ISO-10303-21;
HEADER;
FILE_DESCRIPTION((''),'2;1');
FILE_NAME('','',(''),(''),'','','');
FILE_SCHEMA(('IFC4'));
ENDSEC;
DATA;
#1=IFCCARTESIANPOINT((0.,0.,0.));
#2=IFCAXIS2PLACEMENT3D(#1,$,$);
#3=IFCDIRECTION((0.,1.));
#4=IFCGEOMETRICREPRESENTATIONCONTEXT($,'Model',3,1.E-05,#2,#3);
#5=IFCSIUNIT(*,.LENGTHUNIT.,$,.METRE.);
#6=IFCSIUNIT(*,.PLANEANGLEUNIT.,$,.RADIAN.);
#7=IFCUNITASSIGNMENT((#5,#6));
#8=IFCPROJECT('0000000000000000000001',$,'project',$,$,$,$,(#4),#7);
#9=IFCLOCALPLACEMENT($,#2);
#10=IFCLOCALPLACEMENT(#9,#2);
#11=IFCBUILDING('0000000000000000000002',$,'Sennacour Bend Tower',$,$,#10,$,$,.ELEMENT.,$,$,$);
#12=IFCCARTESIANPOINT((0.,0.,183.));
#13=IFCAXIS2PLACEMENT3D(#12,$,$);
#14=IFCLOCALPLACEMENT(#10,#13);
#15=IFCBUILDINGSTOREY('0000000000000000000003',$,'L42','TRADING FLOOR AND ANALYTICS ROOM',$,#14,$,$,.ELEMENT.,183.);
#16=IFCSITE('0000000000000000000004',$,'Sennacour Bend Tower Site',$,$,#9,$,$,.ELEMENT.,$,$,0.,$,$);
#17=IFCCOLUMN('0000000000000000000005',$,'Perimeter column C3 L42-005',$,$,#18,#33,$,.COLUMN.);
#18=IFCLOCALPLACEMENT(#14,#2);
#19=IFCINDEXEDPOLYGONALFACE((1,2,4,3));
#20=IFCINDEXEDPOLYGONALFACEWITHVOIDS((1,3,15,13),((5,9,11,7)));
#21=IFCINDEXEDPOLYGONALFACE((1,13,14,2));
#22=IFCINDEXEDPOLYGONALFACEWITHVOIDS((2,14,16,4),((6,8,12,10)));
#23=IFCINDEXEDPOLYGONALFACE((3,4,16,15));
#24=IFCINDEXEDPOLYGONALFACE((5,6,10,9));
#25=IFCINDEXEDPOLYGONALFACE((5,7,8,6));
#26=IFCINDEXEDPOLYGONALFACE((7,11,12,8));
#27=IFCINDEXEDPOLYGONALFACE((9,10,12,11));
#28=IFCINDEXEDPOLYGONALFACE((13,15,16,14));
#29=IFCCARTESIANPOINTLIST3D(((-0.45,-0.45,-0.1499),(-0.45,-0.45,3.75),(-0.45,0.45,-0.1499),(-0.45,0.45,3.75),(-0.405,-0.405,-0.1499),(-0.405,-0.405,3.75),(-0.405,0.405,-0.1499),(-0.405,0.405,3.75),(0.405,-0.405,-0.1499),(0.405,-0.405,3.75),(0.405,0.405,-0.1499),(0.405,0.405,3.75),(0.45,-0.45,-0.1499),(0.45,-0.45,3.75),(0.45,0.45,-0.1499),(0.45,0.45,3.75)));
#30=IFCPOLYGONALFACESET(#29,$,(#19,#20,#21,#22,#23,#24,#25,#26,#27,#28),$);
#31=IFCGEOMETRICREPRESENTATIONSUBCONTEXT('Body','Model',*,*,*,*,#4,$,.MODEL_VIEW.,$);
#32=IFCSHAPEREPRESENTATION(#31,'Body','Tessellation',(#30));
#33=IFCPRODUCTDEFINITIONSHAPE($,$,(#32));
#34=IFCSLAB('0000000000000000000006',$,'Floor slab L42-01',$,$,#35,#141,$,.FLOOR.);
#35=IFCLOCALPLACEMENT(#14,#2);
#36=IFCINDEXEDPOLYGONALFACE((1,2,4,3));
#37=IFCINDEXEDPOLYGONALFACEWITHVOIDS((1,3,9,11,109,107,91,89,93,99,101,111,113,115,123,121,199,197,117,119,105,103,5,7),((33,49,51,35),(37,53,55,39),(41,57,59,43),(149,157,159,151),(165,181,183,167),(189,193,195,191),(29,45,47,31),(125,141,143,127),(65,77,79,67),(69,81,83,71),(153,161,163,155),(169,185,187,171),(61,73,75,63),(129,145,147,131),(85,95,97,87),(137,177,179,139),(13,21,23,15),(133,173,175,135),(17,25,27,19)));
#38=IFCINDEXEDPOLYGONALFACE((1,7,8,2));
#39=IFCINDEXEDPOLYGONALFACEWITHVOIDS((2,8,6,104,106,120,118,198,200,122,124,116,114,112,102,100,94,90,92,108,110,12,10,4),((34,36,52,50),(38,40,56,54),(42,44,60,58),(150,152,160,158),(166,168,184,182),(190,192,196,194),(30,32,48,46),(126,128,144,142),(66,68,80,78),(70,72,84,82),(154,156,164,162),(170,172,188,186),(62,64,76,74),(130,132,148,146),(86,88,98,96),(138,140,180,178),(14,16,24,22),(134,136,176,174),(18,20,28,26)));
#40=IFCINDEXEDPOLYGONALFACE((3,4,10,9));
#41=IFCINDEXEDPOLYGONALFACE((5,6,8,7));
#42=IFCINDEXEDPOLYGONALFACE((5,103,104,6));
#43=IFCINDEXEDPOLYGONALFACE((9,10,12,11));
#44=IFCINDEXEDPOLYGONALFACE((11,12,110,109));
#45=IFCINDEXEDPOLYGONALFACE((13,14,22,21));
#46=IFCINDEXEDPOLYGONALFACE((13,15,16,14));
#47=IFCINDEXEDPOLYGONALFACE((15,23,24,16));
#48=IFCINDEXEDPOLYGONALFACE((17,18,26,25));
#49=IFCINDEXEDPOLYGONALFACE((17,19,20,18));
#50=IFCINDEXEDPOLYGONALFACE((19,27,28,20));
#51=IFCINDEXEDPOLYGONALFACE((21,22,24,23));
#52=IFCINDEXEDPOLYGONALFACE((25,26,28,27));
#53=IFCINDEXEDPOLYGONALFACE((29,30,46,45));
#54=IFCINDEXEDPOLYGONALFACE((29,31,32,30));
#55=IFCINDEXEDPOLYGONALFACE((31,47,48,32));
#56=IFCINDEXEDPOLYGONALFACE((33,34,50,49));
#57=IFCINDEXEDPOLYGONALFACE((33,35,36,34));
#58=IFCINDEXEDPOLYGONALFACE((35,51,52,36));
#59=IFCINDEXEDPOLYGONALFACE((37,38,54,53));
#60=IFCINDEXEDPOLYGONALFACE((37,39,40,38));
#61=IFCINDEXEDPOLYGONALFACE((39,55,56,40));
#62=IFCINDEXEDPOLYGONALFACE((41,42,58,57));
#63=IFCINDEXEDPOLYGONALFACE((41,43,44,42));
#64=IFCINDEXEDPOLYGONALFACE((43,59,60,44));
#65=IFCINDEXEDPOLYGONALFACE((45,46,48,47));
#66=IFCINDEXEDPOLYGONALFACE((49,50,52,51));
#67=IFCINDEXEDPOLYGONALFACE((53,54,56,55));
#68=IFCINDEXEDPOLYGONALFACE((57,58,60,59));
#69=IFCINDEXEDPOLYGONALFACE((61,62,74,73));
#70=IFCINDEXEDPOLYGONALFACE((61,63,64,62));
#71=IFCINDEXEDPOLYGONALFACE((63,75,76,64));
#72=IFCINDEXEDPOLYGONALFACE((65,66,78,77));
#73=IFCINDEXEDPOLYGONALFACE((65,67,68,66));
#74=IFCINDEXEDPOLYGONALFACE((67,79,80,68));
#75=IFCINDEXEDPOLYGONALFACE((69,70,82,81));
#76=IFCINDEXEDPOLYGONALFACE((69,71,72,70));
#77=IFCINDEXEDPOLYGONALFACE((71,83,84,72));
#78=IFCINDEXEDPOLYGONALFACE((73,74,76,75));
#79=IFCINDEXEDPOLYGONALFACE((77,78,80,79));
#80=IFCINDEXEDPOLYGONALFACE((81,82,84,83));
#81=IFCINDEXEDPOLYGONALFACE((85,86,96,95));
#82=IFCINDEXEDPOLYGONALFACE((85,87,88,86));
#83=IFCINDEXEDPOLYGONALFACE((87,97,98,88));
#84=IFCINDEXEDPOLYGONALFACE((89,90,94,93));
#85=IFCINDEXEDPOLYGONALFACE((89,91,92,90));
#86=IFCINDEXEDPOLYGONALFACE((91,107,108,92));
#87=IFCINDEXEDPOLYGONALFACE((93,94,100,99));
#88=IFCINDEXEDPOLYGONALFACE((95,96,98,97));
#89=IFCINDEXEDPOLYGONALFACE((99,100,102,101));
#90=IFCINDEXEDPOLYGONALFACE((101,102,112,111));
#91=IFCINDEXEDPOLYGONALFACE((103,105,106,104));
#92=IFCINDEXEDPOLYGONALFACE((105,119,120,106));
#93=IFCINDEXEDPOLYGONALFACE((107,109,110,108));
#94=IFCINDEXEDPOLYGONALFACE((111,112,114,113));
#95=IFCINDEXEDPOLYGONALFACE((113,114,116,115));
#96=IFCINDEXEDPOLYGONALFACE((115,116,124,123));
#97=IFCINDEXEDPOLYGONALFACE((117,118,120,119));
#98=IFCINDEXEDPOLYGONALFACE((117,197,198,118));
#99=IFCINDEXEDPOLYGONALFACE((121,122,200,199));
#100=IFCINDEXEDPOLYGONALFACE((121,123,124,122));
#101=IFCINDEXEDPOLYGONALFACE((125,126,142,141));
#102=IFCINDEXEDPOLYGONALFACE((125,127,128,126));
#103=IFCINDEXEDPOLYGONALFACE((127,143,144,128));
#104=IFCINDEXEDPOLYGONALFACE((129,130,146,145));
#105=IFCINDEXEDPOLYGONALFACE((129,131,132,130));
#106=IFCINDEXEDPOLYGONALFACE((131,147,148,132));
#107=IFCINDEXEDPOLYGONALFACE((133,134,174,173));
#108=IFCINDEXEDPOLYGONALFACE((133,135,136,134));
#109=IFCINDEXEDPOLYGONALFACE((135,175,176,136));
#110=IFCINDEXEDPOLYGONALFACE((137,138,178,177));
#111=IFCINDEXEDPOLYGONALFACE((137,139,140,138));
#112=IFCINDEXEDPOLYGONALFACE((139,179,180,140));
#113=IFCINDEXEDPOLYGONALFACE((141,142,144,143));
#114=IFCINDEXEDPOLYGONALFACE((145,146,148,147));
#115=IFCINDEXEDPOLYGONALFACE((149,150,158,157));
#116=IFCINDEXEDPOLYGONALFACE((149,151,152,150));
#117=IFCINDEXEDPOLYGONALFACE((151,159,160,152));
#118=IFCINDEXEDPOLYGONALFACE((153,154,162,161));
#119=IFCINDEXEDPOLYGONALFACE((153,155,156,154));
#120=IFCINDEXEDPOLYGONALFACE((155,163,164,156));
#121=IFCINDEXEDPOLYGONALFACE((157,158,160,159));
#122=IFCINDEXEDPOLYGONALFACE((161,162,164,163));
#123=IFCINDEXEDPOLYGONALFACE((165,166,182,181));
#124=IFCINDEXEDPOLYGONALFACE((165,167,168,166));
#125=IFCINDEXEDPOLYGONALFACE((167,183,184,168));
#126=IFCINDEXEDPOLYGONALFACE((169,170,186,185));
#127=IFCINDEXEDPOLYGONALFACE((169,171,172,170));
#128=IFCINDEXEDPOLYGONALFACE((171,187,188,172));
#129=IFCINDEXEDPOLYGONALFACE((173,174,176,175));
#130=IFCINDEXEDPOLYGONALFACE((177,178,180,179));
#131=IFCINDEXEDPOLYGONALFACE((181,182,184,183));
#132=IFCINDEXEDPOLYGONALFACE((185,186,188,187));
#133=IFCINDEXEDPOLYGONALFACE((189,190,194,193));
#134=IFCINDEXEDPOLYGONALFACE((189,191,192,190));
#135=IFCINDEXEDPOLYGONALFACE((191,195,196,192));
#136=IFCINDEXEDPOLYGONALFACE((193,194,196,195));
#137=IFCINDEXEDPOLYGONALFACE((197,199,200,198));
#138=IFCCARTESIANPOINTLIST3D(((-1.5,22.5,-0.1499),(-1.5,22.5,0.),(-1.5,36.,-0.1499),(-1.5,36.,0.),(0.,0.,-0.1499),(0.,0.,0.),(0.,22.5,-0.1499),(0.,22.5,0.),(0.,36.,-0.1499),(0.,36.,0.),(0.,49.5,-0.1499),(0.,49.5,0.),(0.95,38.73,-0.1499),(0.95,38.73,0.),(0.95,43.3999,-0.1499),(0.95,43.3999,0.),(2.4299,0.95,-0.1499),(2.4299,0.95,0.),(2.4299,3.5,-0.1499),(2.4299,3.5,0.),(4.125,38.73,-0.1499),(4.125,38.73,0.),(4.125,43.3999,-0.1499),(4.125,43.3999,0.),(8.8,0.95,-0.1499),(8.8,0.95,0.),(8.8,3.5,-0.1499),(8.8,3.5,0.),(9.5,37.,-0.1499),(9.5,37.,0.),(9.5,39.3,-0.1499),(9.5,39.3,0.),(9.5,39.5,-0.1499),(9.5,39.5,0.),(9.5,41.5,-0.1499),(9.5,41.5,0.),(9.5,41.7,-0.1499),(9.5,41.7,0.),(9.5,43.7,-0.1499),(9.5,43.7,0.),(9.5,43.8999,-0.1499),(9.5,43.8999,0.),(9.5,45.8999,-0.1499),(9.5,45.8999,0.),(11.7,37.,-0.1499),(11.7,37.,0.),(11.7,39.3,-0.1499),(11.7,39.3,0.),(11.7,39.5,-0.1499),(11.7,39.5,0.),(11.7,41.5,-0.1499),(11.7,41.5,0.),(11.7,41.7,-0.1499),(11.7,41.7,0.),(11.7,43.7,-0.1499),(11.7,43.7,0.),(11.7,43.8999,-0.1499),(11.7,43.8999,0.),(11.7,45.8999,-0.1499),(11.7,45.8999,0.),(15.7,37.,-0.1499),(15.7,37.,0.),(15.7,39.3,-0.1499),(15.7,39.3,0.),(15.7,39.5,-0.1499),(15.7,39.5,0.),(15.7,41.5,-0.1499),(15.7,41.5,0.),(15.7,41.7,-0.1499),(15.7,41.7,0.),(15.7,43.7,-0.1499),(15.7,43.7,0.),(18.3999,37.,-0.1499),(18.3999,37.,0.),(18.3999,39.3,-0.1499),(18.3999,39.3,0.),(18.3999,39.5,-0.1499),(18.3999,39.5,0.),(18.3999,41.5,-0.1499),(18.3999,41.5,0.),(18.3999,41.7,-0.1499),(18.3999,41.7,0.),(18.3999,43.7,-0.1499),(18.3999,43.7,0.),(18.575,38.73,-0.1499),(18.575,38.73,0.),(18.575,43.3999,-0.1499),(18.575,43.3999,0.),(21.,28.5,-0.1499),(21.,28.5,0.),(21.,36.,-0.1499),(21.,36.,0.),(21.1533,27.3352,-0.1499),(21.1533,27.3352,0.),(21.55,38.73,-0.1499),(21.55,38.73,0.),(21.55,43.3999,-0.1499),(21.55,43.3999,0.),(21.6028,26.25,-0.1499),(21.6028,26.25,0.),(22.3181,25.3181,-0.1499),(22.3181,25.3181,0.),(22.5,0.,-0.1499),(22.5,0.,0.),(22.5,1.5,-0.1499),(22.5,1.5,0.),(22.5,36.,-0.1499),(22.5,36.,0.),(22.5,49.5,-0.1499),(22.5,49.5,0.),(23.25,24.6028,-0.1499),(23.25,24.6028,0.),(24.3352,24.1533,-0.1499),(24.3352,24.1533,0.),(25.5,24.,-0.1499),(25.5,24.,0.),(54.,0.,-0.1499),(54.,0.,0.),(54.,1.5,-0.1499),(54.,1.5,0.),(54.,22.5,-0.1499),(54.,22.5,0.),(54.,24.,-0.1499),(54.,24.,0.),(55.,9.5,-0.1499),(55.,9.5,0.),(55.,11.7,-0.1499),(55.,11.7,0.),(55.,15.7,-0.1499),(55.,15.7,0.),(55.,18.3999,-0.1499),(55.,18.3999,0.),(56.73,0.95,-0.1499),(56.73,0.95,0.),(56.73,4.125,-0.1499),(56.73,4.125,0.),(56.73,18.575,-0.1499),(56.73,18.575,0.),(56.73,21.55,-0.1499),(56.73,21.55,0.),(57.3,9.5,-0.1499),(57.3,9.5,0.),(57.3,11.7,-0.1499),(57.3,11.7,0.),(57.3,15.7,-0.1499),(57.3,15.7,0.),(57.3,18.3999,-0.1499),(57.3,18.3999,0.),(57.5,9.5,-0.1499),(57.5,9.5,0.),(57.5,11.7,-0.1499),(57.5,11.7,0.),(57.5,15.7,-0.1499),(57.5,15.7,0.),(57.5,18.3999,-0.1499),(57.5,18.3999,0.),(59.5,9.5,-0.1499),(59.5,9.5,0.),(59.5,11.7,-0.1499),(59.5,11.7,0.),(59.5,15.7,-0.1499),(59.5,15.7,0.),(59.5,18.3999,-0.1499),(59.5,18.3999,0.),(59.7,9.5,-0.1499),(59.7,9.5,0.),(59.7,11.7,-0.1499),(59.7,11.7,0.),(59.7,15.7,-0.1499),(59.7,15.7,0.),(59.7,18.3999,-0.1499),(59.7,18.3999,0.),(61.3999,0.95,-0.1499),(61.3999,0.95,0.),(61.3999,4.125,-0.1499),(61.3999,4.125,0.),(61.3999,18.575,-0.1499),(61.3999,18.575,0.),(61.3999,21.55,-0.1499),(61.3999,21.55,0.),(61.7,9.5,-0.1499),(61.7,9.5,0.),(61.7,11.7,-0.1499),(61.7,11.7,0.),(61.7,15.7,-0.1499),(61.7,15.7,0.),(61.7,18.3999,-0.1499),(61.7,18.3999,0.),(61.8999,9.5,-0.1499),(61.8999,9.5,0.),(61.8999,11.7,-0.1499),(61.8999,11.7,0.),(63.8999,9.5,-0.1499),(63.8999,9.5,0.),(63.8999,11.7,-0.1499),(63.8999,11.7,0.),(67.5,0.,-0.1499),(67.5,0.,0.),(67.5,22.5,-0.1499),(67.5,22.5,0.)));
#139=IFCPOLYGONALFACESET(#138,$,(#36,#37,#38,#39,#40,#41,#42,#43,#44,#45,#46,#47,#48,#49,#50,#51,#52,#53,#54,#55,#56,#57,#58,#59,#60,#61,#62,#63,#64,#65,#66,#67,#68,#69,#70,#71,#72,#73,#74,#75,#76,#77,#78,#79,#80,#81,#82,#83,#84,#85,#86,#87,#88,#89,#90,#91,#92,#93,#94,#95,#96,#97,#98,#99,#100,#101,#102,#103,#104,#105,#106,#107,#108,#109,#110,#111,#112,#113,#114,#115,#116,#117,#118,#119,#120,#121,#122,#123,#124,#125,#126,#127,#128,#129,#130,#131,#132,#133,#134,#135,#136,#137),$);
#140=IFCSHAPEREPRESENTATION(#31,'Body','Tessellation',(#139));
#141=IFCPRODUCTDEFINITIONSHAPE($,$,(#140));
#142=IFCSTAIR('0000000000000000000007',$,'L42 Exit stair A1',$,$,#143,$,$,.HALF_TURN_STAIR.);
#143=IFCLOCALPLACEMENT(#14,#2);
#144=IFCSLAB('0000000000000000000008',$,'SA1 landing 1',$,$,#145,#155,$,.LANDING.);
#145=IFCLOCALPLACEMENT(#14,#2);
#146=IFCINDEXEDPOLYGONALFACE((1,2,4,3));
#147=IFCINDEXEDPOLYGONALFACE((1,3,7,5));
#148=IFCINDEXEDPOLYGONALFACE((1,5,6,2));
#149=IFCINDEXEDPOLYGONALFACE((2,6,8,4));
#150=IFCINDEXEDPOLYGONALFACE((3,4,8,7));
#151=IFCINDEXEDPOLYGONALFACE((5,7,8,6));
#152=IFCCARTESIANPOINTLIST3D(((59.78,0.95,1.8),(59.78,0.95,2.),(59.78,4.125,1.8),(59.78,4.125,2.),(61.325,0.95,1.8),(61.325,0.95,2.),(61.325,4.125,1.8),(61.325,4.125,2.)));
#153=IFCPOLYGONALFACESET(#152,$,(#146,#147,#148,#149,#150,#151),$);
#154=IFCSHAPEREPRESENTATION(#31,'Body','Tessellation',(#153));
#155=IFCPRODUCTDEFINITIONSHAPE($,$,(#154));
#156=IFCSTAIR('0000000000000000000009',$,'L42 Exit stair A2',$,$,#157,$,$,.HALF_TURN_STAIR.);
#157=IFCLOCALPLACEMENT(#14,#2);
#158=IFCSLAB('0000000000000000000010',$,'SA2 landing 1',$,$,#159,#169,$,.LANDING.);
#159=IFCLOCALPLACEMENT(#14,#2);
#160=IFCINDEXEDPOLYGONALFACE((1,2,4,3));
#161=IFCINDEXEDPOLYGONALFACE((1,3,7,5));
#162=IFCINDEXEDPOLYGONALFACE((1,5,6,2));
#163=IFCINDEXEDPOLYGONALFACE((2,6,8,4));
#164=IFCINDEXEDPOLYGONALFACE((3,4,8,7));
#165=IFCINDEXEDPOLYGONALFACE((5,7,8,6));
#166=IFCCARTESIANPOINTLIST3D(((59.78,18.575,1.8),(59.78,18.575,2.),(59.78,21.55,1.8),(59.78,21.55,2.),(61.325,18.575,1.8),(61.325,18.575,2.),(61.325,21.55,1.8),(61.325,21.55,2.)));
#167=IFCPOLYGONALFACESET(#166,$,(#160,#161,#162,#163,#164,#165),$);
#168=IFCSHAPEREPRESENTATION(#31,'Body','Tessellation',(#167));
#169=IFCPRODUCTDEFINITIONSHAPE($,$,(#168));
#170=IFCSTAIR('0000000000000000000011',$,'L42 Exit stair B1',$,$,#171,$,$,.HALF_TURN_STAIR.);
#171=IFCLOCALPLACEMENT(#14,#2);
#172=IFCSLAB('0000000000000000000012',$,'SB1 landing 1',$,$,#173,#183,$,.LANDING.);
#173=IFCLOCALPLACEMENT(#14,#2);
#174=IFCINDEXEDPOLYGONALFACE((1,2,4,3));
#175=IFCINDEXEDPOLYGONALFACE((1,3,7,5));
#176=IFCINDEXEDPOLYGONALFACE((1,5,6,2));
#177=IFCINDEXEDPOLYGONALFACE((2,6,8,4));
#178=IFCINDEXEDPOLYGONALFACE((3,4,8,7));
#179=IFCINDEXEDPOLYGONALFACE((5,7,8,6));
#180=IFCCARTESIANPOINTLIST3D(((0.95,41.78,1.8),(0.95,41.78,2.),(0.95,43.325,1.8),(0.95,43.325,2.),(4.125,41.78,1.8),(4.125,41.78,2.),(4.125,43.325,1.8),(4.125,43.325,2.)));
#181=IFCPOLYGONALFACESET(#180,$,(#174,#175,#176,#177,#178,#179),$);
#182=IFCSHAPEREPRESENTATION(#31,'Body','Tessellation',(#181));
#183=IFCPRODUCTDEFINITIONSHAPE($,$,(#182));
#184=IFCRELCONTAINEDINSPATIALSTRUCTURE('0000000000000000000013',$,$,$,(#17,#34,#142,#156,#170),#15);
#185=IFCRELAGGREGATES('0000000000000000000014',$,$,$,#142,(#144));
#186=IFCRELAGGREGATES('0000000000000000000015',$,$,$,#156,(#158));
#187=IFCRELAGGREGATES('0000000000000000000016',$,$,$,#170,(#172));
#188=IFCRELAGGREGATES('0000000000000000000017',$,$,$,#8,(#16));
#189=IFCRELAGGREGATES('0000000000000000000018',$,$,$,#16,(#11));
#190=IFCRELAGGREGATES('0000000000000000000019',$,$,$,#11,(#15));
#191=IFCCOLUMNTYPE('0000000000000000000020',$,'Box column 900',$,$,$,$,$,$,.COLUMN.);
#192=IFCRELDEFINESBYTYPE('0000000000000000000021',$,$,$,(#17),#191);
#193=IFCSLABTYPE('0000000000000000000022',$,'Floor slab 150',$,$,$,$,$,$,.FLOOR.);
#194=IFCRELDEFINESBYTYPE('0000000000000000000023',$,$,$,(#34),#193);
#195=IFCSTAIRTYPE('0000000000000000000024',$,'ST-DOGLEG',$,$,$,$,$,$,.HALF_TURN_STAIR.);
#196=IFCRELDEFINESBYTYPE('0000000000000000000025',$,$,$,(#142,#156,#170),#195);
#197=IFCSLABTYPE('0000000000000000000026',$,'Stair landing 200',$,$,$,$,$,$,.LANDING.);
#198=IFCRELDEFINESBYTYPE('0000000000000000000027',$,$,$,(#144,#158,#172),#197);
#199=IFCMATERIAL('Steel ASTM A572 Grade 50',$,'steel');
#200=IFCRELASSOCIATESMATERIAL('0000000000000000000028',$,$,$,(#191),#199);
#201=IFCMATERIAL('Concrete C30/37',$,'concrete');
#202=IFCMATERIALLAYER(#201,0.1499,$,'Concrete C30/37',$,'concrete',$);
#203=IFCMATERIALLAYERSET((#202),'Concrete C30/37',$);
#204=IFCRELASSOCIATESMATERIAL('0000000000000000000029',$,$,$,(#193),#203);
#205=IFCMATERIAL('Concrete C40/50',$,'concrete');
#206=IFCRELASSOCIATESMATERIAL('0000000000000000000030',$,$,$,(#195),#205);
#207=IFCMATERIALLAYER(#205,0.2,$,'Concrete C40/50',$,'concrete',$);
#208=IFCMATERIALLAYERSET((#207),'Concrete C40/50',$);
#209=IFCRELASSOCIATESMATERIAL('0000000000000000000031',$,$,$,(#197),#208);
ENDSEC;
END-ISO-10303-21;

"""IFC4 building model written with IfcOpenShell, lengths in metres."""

from ifc_helpers import new_model, si_unit, direction, frame, origin, origin_2d, place, context, subcontext, project, spatial, polyline, hollow_rectangle, outline, extrude, material, layer, layer_set, material_profile, profile_set, type_object, element, aggregate, save


model = new_model("IFC4")

# Units and contexts
model_context = context("Model", 3, precision=1e-05, world=origin(), true_north=direction((0.0, 1.0)))
body_context = subcontext(model_context, "Body", "Model", "MODEL_VIEW")
ifc_project = project(units=[si_unit("LENGTHUNIT", "METRE"), si_unit("PLANEANGLEUNIT", "RADIAN")], contexts=[model_context])

# Site, building, storey
site_placement = place(None, origin())
site = spatial("IfcSite", under=ifc_project, at=site_placement, Name="Sennacour Bend Tower Site", CompositionType="ELEMENT", RefElevation=0.0)
building_placement = place(site_placement, origin())
building = spatial("IfcBuilding", under=site, at=building_placement, Name="Sennacour Bend Tower", CompositionType="ELEMENT")
storey_placement = place(building_placement, frame((0.0, 0.0, 183.0)))
storey = spatial("IfcBuildingStorey", under=building, at=storey_placement, Name="L42", Description="TRADING FLOOR AND ANALYTICS ROOM", CompositionType="ELEMENT", Elevation=183.0)

# Column
ifc_material_1 = material(Name="Steel ASTM A572 Grade 50", Category="steel")
ifc_material_profile = material_profile(ifc_material_1, hollow_rectangle(XDim=0.8999, YDim=0.8999, WallThickness=0.0449, at=origin_2d()), Name="Steel ASTM A572 Grade 50", Category="steel")
ifc_profile_set = profile_set([ifc_material_profile], Name="Steel ASTM A572 Grade 50")
column_type = type_object("IfcColumnType", Name="Box column 900", PredefinedType="COLUMN", material=ifc_profile_set)
column_placement = place(storey_placement, frame((0.0, 0.0, -0.1499), z_axis=(0.0, 0.0, 1.0), x_axis=(1.0, 0.0, 0.0)))
element("IfcColumn", 1, at=column_placement, inside=storey, type_object=column_type, Name="Perimeter column C3 L42-005", PredefinedType="COLUMN", context=body_context, shape_type="SweptSolid", body=[
    extrude(hollow_rectangle(XDim=0.8999, YDim=0.8999, WallThickness=0.0449, at=origin_2d()), origin(), (0.0, 0.0, 1.0), 3.8999),
])

# Slab
ifc_material_2 = material(Name="Concrete C30/37", Category="concrete")
ifc_layer_1 = layer(ifc_material_2, 0.1499, Name="Concrete C30/37", Category="concrete")
ifc_layer_set_1 = layer_set([ifc_layer_1], Name="Concrete C30/37")
slab_type_1 = type_object("IfcSlabType", Name="Floor slab 150", PredefinedType="FLOOR", material=ifc_layer_set_1)
slab_1_placement = place(storey_placement, frame((0.0, 0.0, -0.1499)))
element("IfcSlab", 2, at=slab_1_placement, inside=storey, type_object=slab_type_1, Name="Floor slab L42-01", PredefinedType="FLOOR", context=body_context, shape_type="SweptSolid", body=[
    extrude(outline(polyline([(0.0, 22.5), (-1.5, 22.5), (-1.5, 36.0), (0.0, 36.0), (0.0, 49.5), (22.5, 49.5), (22.5, 36.0), (21.0, 36.0), (21.0, 28.5), (21.1533, 27.3352), (21.6028, 26.25), (22.3181, 25.3181), (23.25, 24.6028), (24.3352, 24.1533), (25.5, 24.0), (54.0, 24.0), (54.0, 22.5), (67.5, 22.5), (67.5, 0.0), (54.0, 0.0), (54.0, 1.5), (22.5, 1.5), (22.5, 0.0), (0.0, 0.0), (0.0, 22.5)]), holes=[polyline([(8.8, 0.95), (8.8, 3.5), (2.4299, 3.5), (2.4299, 0.95), (8.8, 0.95)]), polyline([(11.7, 37.0), (11.7, 39.3), (9.5, 39.3), (9.5, 37.0), (11.7, 37.0)]), polyline([(18.3999, 37.0), (18.3999, 39.3), (15.7, 39.3), (15.7, 37.0), (18.3999, 37.0)]), polyline([(11.7, 39.5), (11.7, 41.5), (9.5, 41.5), (9.5, 39.5), (11.7, 39.5)]), polyline([(18.3999, 39.5), (18.3999, 41.5), (15.7, 41.5), (15.7, 39.5), (18.3999, 39.5)]), polyline([(4.125, 38.73), (4.125, 43.3999), (0.95, 43.3999), (0.95, 38.73), (4.125, 38.73)]), polyline([(21.55, 38.73), (21.55, 43.3999), (18.575, 43.3999), (18.575, 38.73), (21.55, 38.73)]), polyline([(9.5, 41.7), (11.7, 41.7), (11.7, 43.7), (9.5, 43.7), (9.5, 41.7)]), polyline([(15.7, 41.7), (18.3999, 41.7), (18.3999, 43.7), (15.7, 43.7), (15.7, 41.7)]), polyline([(11.7, 43.8999), (11.7, 45.8999), (9.5, 45.8999), (9.5, 43.8999), (11.7, 43.8999)]), polyline([(61.3999, 0.95), (61.3999, 4.125), (56.73, 4.125), (56.73, 0.95), (61.3999, 0.95)]), polyline([(57.3, 9.5), (57.3, 11.7), (55.0, 11.7), (55.0, 9.5), (57.3, 9.5)]), polyline([(57.5, 9.5), (59.5, 9.5), (59.5, 11.7), (57.5, 11.7), (57.5, 9.5)]), polyline([(59.7, 9.5), (61.7, 9.5), (61.7, 11.7), (59.7, 11.7), (59.7, 9.5)]), polyline([(63.8999, 9.5), (63.8999, 11.7), (61.8999, 11.7), (61.8999, 9.5), (63.8999, 9.5)]), polyline([(57.3, 15.7), (57.3, 18.3999), (55.0, 18.3999), (55.0, 15.7), (57.3, 15.7)]), polyline([(59.5, 15.7), (59.5, 18.3999), (57.5, 18.3999), (57.5, 15.7), (59.5, 15.7)]), polyline([(59.7, 15.7), (61.7, 15.7), (61.7, 18.3999), (59.7, 18.3999), (59.7, 15.7)]), polyline([(56.73, 18.575), (61.3999, 18.575), (61.3999, 21.55), (56.73, 21.55), (56.73, 18.575)])]), origin(), (0.0, 0.0, 1.0), 0.1499),
])

# Stairs, slabs
ifc_material_3 = material(Name="Concrete C40/50", Category="concrete")
stair_type = type_object("IfcStairType", Name="ST-DOGLEG", PredefinedType="HALF_TURN_STAIR", material=ifc_material_3)
stair_1_placement = place(storey_placement, origin())
stair_1 = element("IfcStair", 3, at=stair_1_placement, inside=storey, type_object=stair_type, Name="L42 Exit stair A1", PredefinedType="HALF_TURN_STAIR")
ifc_layer_2 = layer(ifc_material_3, 0.2, Name="Concrete C40/50", Category="concrete")
ifc_layer_set_2 = layer_set([ifc_layer_2], Name="Concrete C40/50")
slab_type_2 = type_object("IfcSlabType", Name="Stair landing 200", PredefinedType="LANDING", material=ifc_layer_set_2)
slab_2_placement = place(storey_placement, frame((0.0, 0.0, 1.8)))
slab_2 = element("IfcSlab", 4, at=slab_2_placement, type_object=slab_type_2, Name="SA1 landing 1", PredefinedType="LANDING", context=body_context, shape_type="SweptSolid", body=[
    extrude(outline(polyline([(59.78, 0.95), (61.325, 0.95), (61.325, 4.125), (59.78, 4.125), (59.78, 0.95)])), origin(), (0.0, 0.0, 1.0), 0.2),
])
aggregate(stair_1, [slab_2])
stair_2_placement = place(storey_placement, origin())
stair_2 = element("IfcStair", 5, at=stair_2_placement, inside=storey, type_object=stair_type, Name="L42 Exit stair A2", PredefinedType="HALF_TURN_STAIR")
slab_3_placement = place(storey_placement, frame((0.0, 0.0, 1.8)))
slab_3 = element("IfcSlab", 6, at=slab_3_placement, type_object=slab_type_2, Name="SA2 landing 1", PredefinedType="LANDING", context=body_context, shape_type="SweptSolid", body=[
    extrude(outline(polyline([(59.78, 18.575), (61.325, 18.575), (61.325, 21.55), (59.78, 21.55), (59.78, 18.575)])), origin(), (0.0, 0.0, 1.0), 0.2),
])
aggregate(stair_2, [slab_3])
stair_3_placement = place(storey_placement, origin())
stair_3 = element("IfcStair", 7, at=stair_3_placement, inside=storey, type_object=stair_type, Name="L42 Exit stair B1", PredefinedType="HALF_TURN_STAIR")
slab_4_placement = place(storey_placement, frame((0.0, 0.0, 1.8)))
slab_4 = element("IfcSlab", 8, at=slab_4_placement, type_object=slab_type_2, Name="SB1 landing 1", PredefinedType="LANDING", context=body_context, shape_type="SweptSolid", body=[
    extrude(outline(polyline([(0.95, 41.78), (4.125, 41.78), (4.125, 43.325), (0.95, 43.325), (0.95, 41.78)])), origin(), (0.0, 0.0, 1.0), 0.2),
])
aggregate(stair_3, [slab_4])

save(model, "model.ifc")
